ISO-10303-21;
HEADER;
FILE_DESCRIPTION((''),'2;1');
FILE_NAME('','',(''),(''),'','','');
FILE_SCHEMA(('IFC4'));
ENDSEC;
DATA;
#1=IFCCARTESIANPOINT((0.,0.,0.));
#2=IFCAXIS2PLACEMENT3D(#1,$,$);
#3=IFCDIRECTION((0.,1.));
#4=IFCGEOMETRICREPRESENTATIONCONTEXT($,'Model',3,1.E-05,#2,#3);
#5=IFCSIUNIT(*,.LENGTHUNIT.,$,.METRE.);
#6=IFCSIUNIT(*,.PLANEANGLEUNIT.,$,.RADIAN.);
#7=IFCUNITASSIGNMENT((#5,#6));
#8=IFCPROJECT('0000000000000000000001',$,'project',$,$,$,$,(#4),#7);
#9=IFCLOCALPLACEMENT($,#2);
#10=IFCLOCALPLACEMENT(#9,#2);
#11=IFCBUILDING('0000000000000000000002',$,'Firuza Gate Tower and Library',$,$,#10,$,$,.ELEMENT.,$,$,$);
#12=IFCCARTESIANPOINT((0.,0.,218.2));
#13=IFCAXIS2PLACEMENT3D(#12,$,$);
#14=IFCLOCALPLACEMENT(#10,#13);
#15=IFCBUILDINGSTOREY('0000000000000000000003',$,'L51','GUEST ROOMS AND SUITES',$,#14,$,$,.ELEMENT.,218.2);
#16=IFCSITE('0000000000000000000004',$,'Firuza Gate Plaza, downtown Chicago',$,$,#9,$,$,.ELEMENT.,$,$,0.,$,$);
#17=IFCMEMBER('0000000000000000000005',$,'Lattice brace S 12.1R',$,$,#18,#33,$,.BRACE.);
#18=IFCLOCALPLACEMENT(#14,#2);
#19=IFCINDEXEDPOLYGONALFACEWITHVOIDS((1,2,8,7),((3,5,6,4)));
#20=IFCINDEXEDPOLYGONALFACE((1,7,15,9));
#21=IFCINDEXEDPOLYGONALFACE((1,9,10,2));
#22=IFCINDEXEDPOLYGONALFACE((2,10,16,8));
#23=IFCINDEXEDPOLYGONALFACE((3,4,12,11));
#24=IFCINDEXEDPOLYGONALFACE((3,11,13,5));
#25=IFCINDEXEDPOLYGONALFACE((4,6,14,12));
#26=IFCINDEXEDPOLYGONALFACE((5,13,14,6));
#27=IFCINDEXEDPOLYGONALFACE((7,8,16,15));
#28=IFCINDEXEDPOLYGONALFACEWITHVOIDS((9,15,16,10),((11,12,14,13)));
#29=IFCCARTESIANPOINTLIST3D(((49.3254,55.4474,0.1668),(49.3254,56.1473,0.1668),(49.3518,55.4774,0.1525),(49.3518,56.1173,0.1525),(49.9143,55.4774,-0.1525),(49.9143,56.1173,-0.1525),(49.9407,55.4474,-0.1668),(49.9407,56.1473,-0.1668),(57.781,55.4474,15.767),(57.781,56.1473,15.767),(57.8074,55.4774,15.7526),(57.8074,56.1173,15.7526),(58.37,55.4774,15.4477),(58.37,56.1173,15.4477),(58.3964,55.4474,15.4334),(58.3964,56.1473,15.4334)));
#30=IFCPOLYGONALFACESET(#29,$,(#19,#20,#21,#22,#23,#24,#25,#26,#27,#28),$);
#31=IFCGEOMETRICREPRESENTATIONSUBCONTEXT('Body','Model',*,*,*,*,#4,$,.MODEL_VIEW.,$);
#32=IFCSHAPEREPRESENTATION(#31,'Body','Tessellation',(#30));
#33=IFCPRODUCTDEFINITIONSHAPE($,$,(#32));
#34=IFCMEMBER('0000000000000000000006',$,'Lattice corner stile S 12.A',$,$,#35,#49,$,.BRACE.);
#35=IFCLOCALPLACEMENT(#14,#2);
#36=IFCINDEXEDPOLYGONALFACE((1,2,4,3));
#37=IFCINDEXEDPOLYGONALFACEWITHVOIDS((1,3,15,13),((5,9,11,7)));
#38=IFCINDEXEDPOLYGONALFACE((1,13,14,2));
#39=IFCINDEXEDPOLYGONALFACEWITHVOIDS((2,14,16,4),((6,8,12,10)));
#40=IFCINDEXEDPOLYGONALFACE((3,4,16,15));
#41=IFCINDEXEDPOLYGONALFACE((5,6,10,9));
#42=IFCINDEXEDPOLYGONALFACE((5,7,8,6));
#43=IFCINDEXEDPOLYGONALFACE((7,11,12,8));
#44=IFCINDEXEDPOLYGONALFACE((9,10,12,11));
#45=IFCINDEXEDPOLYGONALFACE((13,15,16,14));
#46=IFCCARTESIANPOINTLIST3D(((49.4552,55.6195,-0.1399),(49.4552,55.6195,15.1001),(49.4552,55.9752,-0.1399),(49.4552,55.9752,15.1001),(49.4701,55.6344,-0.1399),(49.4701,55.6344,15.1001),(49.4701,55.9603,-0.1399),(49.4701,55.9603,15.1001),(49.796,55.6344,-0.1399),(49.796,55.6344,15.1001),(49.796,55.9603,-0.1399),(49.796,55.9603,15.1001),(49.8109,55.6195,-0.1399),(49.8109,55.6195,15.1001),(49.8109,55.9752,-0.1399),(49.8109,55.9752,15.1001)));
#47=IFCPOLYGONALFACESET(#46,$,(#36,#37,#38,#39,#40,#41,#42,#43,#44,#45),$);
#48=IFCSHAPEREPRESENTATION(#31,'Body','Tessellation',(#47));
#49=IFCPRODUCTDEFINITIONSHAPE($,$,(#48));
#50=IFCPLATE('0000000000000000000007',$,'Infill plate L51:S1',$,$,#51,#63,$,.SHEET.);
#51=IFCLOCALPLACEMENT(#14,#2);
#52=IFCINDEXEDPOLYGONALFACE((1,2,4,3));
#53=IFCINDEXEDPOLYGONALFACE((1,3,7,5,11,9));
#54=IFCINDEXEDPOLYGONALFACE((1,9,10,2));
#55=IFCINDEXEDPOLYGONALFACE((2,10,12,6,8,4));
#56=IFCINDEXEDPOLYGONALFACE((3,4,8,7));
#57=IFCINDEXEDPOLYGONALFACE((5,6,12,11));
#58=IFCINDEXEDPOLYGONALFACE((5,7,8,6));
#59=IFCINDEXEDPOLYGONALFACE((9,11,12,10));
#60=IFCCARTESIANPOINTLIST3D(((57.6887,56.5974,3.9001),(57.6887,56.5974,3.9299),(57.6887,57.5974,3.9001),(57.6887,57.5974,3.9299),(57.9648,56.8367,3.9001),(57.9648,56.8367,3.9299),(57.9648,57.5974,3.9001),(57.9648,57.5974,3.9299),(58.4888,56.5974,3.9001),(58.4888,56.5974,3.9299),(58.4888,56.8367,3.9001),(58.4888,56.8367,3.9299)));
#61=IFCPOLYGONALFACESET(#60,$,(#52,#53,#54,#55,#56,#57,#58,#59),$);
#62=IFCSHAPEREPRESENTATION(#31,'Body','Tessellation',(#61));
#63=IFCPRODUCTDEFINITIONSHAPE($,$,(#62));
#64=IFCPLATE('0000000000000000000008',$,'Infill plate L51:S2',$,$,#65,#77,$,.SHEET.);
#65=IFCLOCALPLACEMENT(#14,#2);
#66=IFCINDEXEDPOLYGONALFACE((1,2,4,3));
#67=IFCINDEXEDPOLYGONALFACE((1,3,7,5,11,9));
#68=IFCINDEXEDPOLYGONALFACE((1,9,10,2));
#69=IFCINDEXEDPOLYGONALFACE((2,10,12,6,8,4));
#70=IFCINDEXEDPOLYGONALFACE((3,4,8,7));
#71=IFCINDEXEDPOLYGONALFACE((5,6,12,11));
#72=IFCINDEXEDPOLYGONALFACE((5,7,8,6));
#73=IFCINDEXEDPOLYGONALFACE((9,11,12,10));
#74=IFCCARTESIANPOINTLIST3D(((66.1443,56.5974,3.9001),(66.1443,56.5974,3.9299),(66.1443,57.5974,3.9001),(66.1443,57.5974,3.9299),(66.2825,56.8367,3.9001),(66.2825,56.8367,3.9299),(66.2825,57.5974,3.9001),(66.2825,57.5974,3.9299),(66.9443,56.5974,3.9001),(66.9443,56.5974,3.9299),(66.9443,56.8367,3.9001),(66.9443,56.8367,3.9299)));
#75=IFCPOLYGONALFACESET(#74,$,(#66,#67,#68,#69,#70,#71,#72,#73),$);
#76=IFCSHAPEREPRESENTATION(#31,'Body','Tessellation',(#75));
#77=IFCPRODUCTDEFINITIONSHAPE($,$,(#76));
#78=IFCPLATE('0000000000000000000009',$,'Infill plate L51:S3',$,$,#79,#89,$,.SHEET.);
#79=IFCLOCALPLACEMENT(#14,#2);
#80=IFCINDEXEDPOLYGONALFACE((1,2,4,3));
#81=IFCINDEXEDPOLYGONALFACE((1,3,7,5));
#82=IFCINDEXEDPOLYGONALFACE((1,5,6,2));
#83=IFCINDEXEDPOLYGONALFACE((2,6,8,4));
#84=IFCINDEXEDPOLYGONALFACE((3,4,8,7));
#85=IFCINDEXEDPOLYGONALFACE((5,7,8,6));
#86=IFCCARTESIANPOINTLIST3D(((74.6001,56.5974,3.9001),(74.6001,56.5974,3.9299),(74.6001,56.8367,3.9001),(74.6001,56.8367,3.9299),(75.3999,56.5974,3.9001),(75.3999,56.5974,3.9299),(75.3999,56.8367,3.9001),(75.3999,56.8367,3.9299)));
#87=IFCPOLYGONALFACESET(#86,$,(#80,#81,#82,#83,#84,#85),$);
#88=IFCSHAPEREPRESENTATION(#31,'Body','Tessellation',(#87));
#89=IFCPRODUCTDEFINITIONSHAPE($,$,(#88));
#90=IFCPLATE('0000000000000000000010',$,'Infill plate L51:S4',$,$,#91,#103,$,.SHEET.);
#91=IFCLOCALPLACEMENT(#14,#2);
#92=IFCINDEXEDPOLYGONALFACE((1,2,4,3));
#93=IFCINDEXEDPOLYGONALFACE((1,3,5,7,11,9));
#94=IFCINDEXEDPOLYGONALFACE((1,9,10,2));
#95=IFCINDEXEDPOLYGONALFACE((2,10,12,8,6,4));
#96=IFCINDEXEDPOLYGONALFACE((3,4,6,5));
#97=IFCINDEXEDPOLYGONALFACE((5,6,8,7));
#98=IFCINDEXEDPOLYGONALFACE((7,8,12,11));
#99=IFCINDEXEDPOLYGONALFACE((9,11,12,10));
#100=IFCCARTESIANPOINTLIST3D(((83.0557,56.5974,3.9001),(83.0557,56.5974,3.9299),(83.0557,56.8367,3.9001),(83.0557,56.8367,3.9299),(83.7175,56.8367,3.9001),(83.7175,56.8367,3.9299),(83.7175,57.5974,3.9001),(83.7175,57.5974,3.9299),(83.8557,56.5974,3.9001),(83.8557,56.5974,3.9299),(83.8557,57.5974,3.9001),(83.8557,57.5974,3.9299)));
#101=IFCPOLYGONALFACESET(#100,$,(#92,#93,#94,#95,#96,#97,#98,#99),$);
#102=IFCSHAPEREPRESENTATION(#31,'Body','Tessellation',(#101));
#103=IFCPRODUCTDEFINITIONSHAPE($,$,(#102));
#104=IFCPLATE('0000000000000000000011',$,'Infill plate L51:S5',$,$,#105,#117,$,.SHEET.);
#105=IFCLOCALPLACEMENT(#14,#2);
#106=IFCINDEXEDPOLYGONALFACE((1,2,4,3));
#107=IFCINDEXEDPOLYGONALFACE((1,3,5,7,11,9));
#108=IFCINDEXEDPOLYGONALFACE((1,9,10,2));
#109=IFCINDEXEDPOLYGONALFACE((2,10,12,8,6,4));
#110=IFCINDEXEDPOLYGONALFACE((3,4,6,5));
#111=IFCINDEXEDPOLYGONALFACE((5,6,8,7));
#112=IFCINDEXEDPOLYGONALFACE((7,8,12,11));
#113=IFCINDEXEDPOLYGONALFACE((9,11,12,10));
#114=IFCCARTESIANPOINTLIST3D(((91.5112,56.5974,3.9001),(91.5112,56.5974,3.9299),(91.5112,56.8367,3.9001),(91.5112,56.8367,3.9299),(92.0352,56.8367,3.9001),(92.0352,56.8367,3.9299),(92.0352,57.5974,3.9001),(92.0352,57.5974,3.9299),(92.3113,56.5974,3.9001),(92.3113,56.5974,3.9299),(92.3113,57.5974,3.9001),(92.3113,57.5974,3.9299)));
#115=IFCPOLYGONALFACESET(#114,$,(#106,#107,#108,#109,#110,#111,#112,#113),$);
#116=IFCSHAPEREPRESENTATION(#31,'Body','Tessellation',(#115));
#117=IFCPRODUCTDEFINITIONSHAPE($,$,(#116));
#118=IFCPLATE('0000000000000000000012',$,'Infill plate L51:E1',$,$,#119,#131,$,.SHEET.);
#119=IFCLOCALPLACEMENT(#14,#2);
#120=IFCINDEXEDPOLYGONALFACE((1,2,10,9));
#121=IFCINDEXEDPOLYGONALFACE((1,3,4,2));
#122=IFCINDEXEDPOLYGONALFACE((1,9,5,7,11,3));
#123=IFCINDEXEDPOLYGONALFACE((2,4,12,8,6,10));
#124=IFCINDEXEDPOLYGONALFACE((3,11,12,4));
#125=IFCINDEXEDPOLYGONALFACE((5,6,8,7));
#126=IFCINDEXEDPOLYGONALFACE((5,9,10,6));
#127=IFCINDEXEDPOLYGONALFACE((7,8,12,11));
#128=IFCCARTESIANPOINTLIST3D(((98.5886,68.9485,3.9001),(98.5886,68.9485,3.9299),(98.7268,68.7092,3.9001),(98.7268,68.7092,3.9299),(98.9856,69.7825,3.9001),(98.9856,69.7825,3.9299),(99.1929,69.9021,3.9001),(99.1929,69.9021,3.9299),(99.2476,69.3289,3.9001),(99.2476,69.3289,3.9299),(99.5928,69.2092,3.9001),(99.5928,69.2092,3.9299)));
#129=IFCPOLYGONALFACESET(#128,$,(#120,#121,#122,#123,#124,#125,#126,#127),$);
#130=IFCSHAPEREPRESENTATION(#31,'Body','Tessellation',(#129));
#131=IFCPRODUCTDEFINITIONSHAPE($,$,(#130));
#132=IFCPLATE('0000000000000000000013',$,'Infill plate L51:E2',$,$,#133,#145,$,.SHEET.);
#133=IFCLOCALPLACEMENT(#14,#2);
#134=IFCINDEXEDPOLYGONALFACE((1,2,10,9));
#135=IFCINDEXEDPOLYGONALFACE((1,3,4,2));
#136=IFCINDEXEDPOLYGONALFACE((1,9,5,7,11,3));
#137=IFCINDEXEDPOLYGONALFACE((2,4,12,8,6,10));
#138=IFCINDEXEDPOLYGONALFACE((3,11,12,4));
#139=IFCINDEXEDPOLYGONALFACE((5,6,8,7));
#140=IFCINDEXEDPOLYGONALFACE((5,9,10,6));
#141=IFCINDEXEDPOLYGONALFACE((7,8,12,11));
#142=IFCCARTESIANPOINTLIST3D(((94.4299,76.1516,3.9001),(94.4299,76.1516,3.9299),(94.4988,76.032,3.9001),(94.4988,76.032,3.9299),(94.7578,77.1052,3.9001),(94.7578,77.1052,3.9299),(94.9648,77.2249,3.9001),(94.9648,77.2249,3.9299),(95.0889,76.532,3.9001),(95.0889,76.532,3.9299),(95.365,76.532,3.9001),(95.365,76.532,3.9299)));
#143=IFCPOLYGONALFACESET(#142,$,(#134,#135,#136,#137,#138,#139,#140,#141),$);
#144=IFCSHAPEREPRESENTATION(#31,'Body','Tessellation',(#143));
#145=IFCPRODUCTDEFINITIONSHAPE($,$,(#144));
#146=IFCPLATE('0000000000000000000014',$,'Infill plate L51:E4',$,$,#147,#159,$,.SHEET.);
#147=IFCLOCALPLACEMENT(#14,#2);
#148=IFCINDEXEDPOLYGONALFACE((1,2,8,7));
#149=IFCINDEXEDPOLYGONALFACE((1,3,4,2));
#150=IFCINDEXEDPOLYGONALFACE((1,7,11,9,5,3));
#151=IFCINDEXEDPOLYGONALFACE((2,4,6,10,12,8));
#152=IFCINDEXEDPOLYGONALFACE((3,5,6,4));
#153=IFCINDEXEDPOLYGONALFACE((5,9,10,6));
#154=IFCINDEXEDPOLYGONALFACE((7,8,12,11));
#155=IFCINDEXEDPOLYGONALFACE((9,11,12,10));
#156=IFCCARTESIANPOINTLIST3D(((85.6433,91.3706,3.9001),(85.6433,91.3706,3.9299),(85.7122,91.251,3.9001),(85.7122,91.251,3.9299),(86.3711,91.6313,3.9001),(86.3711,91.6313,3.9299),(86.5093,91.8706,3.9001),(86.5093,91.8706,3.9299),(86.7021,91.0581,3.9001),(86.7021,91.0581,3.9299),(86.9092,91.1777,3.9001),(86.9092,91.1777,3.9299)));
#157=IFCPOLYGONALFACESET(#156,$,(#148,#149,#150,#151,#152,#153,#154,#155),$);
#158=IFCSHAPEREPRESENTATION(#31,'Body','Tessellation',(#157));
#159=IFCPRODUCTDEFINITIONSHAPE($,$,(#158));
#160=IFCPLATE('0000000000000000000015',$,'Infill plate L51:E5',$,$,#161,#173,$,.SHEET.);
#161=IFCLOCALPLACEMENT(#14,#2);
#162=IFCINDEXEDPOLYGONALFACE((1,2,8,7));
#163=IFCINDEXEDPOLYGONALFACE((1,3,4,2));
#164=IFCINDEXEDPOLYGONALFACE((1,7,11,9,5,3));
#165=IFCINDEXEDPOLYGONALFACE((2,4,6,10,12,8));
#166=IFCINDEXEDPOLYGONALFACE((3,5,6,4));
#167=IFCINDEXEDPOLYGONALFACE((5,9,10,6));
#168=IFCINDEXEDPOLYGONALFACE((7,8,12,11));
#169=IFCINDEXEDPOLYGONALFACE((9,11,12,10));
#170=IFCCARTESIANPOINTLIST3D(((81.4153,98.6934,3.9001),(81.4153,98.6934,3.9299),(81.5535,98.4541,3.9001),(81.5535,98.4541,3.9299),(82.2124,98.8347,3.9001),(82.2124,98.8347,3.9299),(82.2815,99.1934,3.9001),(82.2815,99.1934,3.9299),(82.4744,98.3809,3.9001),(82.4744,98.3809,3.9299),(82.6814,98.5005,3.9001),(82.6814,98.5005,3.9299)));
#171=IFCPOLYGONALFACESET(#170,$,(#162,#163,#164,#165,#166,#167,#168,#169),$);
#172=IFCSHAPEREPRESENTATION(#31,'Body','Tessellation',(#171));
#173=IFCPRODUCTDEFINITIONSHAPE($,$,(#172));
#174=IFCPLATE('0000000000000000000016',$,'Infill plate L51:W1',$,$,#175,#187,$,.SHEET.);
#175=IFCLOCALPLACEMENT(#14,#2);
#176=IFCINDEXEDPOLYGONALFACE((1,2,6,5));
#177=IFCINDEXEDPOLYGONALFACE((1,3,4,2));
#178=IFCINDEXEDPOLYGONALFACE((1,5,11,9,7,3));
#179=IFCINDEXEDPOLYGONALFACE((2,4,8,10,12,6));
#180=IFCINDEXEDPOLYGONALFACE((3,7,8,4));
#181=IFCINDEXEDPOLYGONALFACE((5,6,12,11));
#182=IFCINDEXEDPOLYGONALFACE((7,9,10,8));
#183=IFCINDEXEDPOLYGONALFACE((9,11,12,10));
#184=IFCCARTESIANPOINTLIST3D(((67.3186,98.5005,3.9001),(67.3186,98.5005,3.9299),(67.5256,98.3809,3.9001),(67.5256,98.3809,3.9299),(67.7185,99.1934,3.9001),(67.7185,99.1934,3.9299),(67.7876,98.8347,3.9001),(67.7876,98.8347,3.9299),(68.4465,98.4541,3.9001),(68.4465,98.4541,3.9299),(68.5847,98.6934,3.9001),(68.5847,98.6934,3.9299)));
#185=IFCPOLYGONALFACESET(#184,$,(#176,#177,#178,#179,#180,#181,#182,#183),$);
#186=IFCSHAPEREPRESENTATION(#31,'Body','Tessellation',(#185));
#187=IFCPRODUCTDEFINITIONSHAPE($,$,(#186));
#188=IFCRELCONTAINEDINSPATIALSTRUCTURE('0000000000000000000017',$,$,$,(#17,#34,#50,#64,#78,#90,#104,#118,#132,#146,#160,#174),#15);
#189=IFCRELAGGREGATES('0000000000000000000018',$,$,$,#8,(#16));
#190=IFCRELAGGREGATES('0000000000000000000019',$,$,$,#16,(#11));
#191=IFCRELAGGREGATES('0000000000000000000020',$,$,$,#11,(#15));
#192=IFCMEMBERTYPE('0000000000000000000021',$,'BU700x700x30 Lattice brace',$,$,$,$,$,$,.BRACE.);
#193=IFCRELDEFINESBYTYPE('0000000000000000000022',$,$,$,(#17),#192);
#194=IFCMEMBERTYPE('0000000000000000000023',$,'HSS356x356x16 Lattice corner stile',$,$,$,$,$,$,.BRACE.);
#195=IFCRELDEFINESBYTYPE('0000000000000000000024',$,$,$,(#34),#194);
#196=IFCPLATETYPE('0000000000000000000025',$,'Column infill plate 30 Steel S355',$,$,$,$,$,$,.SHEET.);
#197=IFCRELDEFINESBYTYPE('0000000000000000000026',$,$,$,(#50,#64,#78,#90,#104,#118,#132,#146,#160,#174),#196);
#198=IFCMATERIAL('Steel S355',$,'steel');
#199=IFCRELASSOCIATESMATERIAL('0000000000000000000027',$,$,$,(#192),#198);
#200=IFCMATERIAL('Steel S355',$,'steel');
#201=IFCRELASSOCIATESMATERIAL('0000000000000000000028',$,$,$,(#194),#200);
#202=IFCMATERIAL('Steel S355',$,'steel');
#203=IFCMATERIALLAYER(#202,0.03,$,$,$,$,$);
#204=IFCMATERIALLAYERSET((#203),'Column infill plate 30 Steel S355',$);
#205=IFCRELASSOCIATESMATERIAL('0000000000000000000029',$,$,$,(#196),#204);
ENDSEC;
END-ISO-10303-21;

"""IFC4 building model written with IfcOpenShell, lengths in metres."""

from ifc_helpers import new_model, si_unit, direction, frame, origin, origin_2d, place, context, subcontext, project, spatial, polyline, hollow_rectangle, outline, extrude, material, layer, layer_set, material_profile, profile_set, type_object, element, save


model = new_model("IFC4")

# Units and contexts
model_context = context("Model", 3, precision=1e-05, world=origin(), true_north=direction((0.0, 1.0)))
body_context = subcontext(model_context, "Body", "Model", "MODEL_VIEW")
ifc_project = project(units=[si_unit("LENGTHUNIT", "METRE"), si_unit("PLANEANGLEUNIT", "RADIAN")], contexts=[model_context])

# Site, building, storey
site_placement = place(None, origin())
site = spatial("IfcSite", under=ifc_project, at=site_placement, Name="Firuza Gate Plaza, downtown Chicago", CompositionType="ELEMENT", RefElevation=0.0)
building_placement = place(site_placement, origin())
building = spatial("IfcBuilding", under=site, at=building_placement, Name="Firuza Gate Tower and Library", CompositionType="ELEMENT")
storey_placement = place(building_placement, frame((0.0, 0.0, 218.2)))
storey = spatial("IfcBuildingStorey", under=building, at=storey_placement, Name="L51", Description="GUEST ROOMS AND SUITES", CompositionType="ELEMENT", Elevation=218.2)

# Members
ifc_material_1 = material(Name="Steel S355", Category="steel")
ifc_material_profile_1 = material_profile(ifc_material_1, hollow_rectangle(XDim=0.7, YDim=0.7, WallThickness=0.03, at=origin_2d()))
ifc_profile_set_1 = profile_set([ifc_material_profile_1], Name="Steel S355")
member_type_1 = type_object("IfcMemberType", Name="BU700x700x30 Lattice brace", PredefinedType="BRACE", material=ifc_profile_set_1)
member_1_placement = place(storey_placement, frame((49.6331, 55.7974, 0.0), z_axis=(0.476523, 0.0, 0.879162), x_axis=(0.0, 1.0, 0.0)))
element("IfcMember", 1, at=member_1_placement, inside=storey, type_object=member_type_1, Name="Lattice brace S 12.1R", PredefinedType="BRACE", context=body_context, shape_type="SweptSolid", body=[
    extrude(hollow_rectangle(XDim=0.7, YDim=0.7, WallThickness=0.03, at=origin_2d()), origin(), (0.0, 0.0, 1.0), 17.7444),
])
ifc_material_2 = material(Name="Steel S355", Category="steel")
ifc_material_profile_2 = material_profile(ifc_material_2, hollow_rectangle(XDim=0.3557, YDim=0.3557, WallThickness=0.0149, at=origin_2d()))
ifc_profile_set_2 = profile_set([ifc_material_profile_2], Name="Steel S355")
member_type_2 = type_object("IfcMemberType", Name="HSS356x356x16 Lattice corner stile", PredefinedType="BRACE", material=ifc_profile_set_2)
member_2_placement = place(storey_placement, frame((49.6331, 55.7974, -0.1399), z_axis=(0.0, 0.0, 1.0), x_axis=(1.0, 0.0, 0.0)))
element("IfcMember", 2, at=member_2_placement, inside=storey, type_object=member_type_2, Name="Lattice corner stile S 12.A", PredefinedType="BRACE", context=body_context, shape_type="SweptSolid", body=[
    extrude(hollow_rectangle(XDim=0.3557, YDim=0.3557, WallThickness=0.0149, at=origin_2d()), origin(), (0.0, 0.0, 1.0), 15.24),
])

# Plates
ifc_material_3 = material(Name="Steel S355", Category="steel")
ifc_layer_1 = layer(ifc_material_3, 0.03)
ifc_layer_set_1 = layer_set([ifc_layer_1], Name="Column infill plate 30 Steel S355")
plate_type = type_object("IfcPlateType", Name="Column infill plate 30 Steel S355", PredefinedType="SHEET", material=ifc_layer_set_1)
placement_1 = place(storey_placement, frame((0.0, 0.0, 3.9001)))
element("IfcPlate", 3, at=placement_1, inside=storey, type_object=plate_type, Name="Infill plate L51:S1", PredefinedType="SHEET", context=body_context, shape_type="SweptSolid", body=[
    extrude(outline(polyline([(58.4888, 56.5974), (58.4888, 56.8367), (57.9648, 56.8367), (57.9648, 57.5974), (57.6887, 57.5974), (57.6887, 56.5974), (58.4888, 56.5974)])), origin(), (0.0, 0.0, 1.0), 0.0298),
])
element("IfcPlate", 4, at=placement_1, inside=storey, type_object=plate_type, Name="Infill plate L51:S2", PredefinedType="SHEET", context=body_context, shape_type="SweptSolid", body=[
    extrude(outline(polyline([(66.9443, 56.5974), (66.9443, 56.8367), (66.2825, 56.8367), (66.2825, 57.5974), (66.1443, 57.5974), (66.1443, 56.5974), (66.9443, 56.5974)])), origin(), (0.0, 0.0, 1.0), 0.0298),
])
element("IfcPlate", 5, at=placement_1, inside=storey, type_object=plate_type, Name="Infill plate L51:S3", PredefinedType="SHEET", context=body_context, shape_type="SweptSolid", body=[
    extrude(outline(polyline([(75.3999, 56.5974), (75.3999, 56.8367), (74.6001, 56.8367), (74.6001, 56.5974), (75.3999, 56.5974)])), origin(), (0.0, 0.0, 1.0), 0.0298),
])
element("IfcPlate", 6, at=placement_1, inside=storey, type_object=plate_type, Name="Infill plate L51:S4", PredefinedType="SHEET", context=body_context, shape_type="SweptSolid", body=[
    extrude(outline(polyline([(83.8557, 57.5974), (83.7175, 57.5974), (83.7175, 56.8367), (83.0557, 56.8367), (83.0557, 56.5974), (83.8557, 56.5974), (83.8557, 57.5974)])), origin(), (0.0, 0.0, 1.0), 0.0298),
])
element("IfcPlate", 7, at=placement_1, inside=storey, type_object=plate_type, Name="Infill plate L51:S5", PredefinedType="SHEET", context=body_context, shape_type="SweptSolid", body=[
    extrude(outline(polyline([(92.3113, 57.5974), (92.0352, 57.5974), (92.0352, 56.8367), (91.5112, 56.8367), (91.5112, 56.5974), (92.3113, 56.5974), (92.3113, 57.5974)])), origin(), (0.0, 0.0, 1.0), 0.0298),
])
element("IfcPlate", 8, at=placement_1, inside=storey, type_object=plate_type, Name="Infill plate L51:E1", PredefinedType="SHEET", context=body_context, shape_type="SweptSolid", body=[
    extrude(outline(polyline([(99.1929, 69.9021), (98.9856, 69.7825), (99.2476, 69.3289), (98.5886, 68.9485), (98.7268, 68.7092), (99.5928, 69.2092), (99.1929, 69.9021)])), origin(), (0.0, 0.0, 1.0), 0.0298),
])
element("IfcPlate", 9, at=placement_1, inside=storey, type_object=plate_type, Name="Infill plate L51:E2", PredefinedType="SHEET", context=body_context, shape_type="SweptSolid", body=[
    extrude(outline(polyline([(94.9648, 77.2249), (94.7578, 77.1052), (95.0889, 76.532), (94.4299, 76.1516), (94.4988, 76.032), (95.365, 76.532), (94.9648, 77.2249)])), origin(), (0.0, 0.0, 1.0), 0.0298),
])
element("IfcPlate", 10, at=placement_1, inside=storey, type_object=plate_type, Name="Infill plate L51:E4", PredefinedType="SHEET", context=body_context, shape_type="SweptSolid", body=[
    extrude(outline(polyline([(85.6433, 91.3706), (85.7122, 91.251), (86.3711, 91.6313), (86.7021, 91.0581), (86.9092, 91.1777), (86.5093, 91.8706), (85.6433, 91.3706)])), origin(), (0.0, 0.0, 1.0), 0.0298),
])
element("IfcPlate", 11, at=placement_1, inside=storey, type_object=plate_type, Name="Infill plate L51:E5", PredefinedType="SHEET", context=body_context, shape_type="SweptSolid", body=[
    extrude(outline(polyline([(81.4153, 98.6934), (81.5535, 98.4541), (82.2124, 98.8347), (82.4744, 98.3809), (82.6814, 98.5005), (82.2815, 99.1934), (81.4153, 98.6934)])), origin(), (0.0, 0.0, 1.0), 0.0298),
])
element("IfcPlate", 12, at=placement_1, inside=storey, type_object=plate_type, Name="Infill plate L51:W1", PredefinedType="SHEET", context=body_context, shape_type="SweptSolid", body=[
    extrude(outline(polyline([(67.3186, 98.5005), (67.5256, 98.3809), (67.7876, 98.8347), (68.4465, 98.4541), (68.5847, 98.6934), (67.7185, 99.1934), (67.3186, 98.5005)])), origin(), (0.0, 0.0, 1.0), 0.0298),
])

save(model, "model.ifc")
